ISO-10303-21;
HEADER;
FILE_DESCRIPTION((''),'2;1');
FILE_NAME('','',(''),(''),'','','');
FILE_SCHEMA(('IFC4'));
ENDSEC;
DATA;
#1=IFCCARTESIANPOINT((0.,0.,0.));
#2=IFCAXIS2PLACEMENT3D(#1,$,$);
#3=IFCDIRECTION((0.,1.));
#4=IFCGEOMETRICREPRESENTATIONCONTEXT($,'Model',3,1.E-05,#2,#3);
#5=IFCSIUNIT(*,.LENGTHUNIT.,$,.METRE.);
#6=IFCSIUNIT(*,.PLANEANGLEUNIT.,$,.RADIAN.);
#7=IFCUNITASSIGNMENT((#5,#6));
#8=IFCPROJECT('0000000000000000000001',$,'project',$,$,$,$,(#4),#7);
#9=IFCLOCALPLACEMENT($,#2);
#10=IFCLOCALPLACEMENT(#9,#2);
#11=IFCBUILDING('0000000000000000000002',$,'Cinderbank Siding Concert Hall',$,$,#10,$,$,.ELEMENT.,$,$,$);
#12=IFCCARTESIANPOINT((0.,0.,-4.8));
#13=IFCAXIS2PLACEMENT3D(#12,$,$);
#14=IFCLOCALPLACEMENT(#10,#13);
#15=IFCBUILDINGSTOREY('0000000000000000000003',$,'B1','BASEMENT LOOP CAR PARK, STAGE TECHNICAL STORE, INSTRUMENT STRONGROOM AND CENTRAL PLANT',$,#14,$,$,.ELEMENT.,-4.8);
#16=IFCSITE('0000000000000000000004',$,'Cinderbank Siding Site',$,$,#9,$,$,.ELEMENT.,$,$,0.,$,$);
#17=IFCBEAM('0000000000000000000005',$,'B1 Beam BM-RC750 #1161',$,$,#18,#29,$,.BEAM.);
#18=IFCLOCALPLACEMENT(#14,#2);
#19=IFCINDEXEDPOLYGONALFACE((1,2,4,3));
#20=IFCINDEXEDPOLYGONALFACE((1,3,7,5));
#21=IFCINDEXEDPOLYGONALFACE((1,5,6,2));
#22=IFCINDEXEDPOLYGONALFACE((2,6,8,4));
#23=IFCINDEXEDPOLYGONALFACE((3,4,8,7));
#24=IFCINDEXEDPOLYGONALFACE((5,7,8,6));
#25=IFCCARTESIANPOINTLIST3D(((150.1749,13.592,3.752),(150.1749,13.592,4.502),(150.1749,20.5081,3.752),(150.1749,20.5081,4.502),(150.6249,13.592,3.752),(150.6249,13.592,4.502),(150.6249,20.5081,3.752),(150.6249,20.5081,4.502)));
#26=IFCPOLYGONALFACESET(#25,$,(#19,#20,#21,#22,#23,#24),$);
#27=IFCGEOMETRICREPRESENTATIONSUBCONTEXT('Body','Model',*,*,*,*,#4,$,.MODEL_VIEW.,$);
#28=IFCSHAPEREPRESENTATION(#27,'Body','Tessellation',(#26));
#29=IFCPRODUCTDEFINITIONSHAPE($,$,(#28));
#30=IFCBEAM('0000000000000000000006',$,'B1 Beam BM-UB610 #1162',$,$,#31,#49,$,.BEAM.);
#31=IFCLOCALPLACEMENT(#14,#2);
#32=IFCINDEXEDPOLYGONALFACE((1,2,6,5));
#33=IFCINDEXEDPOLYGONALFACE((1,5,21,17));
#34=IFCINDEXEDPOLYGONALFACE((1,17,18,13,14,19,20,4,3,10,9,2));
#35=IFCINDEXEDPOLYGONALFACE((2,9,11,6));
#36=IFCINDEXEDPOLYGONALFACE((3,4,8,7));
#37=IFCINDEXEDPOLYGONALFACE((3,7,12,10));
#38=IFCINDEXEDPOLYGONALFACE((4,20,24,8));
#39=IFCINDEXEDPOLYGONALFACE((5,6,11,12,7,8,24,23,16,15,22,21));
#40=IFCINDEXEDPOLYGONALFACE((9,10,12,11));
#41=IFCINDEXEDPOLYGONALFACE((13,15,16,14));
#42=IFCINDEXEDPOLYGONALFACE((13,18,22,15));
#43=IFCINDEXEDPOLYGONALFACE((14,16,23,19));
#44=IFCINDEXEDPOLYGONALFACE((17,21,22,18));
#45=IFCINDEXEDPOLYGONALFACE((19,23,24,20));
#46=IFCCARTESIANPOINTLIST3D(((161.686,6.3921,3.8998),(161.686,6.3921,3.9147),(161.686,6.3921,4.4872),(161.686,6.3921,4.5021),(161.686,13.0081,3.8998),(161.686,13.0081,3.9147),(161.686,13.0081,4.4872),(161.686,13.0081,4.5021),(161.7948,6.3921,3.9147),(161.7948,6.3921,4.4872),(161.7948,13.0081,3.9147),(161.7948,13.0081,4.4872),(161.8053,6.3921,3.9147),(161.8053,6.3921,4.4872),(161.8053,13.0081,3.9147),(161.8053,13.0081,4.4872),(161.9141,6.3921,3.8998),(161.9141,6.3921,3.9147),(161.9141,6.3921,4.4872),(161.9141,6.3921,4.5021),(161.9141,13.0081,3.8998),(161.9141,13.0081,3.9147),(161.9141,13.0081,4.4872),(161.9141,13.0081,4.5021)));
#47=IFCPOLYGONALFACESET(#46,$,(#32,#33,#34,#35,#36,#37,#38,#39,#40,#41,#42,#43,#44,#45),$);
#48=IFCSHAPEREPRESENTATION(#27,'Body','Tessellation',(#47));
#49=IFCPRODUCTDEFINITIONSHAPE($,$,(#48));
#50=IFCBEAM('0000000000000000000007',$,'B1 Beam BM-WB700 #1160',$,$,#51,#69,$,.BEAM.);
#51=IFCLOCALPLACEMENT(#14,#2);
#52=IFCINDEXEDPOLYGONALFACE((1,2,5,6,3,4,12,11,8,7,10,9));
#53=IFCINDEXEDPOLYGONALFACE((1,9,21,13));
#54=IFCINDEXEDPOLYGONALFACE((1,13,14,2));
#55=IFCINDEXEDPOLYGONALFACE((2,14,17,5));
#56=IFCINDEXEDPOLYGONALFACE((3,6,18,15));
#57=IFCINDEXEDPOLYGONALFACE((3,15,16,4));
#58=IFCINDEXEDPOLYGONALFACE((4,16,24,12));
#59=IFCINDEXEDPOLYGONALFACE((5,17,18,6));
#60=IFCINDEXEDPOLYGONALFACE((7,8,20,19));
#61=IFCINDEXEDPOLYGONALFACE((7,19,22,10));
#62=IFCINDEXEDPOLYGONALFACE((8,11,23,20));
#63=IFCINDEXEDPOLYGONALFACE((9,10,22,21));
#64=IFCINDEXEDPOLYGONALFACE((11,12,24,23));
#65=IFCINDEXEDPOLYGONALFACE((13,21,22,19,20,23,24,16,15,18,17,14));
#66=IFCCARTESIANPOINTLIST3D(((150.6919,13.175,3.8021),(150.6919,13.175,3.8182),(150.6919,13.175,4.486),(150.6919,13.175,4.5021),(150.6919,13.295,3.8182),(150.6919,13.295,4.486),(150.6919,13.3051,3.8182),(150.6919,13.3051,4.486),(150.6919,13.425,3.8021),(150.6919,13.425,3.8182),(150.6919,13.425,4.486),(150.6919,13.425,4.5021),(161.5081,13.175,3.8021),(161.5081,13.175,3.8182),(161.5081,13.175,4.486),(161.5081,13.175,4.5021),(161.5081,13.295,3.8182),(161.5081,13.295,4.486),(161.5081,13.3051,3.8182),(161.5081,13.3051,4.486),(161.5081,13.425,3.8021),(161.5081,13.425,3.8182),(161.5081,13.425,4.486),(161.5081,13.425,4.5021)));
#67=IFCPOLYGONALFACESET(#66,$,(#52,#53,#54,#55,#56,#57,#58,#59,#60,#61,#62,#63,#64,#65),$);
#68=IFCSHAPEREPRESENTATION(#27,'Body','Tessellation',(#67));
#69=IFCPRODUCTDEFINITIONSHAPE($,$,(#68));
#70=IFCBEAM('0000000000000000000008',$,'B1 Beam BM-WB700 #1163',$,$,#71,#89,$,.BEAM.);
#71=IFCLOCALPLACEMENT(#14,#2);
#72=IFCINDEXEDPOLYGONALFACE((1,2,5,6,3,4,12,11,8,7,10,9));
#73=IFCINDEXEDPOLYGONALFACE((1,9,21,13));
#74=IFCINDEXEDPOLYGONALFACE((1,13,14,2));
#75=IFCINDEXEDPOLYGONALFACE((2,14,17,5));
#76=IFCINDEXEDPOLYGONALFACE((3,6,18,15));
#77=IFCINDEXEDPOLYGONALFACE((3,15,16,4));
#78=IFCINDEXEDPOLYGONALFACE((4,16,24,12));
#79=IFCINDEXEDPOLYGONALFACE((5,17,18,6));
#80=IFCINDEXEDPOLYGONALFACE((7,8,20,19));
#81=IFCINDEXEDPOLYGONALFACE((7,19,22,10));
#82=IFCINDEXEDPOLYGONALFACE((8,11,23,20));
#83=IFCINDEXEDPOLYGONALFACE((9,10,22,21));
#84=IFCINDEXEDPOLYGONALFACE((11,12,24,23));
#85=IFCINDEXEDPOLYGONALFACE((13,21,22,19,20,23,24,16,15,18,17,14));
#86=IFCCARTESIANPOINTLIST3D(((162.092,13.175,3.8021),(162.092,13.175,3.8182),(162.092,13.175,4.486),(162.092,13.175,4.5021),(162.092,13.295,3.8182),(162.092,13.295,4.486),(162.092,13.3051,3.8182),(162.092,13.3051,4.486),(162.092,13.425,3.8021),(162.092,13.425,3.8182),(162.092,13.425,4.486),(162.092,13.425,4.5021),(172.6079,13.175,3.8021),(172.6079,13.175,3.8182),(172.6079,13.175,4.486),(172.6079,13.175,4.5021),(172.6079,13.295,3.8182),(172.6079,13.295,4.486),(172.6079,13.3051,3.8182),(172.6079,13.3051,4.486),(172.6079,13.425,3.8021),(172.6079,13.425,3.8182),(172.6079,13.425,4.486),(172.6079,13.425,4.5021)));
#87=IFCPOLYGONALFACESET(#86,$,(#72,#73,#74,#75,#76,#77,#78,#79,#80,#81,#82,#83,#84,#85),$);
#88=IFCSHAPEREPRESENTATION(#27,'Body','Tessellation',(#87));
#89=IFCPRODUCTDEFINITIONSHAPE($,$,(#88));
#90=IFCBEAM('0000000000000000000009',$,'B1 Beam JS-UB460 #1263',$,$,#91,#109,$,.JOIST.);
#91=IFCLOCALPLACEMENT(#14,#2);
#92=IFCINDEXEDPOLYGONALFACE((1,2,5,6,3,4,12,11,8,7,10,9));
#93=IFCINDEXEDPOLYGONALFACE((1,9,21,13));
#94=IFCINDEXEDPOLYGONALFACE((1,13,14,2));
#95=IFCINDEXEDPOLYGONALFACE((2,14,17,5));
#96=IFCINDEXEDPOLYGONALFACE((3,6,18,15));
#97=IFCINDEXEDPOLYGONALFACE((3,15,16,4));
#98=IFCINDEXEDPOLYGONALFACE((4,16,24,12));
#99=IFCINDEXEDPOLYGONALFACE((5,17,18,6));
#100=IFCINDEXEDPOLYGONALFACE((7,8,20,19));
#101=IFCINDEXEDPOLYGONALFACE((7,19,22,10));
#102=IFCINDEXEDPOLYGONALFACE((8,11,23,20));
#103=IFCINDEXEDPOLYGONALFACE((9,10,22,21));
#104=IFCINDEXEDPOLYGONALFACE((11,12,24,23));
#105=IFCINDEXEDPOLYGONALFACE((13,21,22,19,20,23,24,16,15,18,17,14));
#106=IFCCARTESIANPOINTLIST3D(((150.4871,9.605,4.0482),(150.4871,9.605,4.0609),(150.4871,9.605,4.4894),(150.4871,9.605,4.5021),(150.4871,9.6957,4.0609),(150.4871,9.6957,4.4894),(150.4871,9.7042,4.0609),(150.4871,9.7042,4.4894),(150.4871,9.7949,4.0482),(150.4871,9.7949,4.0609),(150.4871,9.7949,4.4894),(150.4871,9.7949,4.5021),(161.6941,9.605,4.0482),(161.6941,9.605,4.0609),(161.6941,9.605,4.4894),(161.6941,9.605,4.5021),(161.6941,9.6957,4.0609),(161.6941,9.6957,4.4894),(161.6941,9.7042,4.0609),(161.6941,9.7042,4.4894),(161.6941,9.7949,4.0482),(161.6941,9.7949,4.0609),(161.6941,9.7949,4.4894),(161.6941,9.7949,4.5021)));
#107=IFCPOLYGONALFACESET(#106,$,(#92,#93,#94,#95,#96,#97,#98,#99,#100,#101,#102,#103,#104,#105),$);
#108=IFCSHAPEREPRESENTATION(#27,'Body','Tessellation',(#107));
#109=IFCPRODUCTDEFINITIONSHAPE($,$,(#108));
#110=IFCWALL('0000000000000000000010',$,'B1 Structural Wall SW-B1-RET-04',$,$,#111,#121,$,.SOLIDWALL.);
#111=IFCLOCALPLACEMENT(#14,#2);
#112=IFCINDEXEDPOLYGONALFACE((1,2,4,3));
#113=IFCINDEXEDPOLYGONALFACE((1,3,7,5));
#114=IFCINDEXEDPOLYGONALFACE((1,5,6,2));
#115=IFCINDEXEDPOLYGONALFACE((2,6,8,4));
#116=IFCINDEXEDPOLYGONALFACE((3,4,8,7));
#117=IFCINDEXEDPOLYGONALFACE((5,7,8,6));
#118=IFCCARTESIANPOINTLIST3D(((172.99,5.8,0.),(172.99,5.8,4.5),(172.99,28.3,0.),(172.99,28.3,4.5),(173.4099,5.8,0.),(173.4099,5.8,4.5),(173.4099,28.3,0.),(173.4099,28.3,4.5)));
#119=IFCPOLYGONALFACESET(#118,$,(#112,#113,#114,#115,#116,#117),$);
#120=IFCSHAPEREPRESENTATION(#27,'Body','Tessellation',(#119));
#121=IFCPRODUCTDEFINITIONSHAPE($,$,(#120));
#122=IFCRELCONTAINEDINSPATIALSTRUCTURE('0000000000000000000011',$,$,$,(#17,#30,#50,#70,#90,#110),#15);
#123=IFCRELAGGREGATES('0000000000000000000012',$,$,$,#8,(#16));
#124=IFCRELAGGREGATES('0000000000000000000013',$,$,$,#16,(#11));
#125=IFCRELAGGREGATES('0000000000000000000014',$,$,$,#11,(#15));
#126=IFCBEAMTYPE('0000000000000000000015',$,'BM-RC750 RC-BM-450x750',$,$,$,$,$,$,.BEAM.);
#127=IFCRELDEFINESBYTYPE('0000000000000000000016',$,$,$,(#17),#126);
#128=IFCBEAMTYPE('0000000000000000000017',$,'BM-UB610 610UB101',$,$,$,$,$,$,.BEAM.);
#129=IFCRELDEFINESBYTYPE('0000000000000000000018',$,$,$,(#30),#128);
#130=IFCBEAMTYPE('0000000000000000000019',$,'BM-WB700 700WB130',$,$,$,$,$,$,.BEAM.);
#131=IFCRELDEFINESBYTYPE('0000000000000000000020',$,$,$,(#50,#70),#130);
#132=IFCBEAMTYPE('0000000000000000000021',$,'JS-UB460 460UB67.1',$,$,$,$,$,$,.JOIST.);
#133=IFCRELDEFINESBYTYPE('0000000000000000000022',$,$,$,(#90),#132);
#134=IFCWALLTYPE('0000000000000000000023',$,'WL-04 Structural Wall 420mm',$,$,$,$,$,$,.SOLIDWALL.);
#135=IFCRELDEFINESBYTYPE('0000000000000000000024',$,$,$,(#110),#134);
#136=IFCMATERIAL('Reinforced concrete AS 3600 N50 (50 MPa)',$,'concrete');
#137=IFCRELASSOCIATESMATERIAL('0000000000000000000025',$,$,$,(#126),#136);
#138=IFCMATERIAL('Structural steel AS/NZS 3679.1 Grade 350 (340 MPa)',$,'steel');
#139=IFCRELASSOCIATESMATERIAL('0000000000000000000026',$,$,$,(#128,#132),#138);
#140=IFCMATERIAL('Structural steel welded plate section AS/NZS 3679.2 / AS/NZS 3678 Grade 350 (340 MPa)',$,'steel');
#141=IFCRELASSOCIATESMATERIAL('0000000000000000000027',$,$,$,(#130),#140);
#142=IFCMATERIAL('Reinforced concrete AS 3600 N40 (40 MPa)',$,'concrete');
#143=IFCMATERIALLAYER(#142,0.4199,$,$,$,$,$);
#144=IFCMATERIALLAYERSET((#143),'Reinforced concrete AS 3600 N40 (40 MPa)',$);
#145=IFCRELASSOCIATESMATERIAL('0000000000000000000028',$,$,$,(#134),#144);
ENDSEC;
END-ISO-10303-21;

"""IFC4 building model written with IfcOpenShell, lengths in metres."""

from ifc_helpers import new_model, si_unit, direction, frame, frame_2d, origin, origin_2d, place, context, subcontext, project, spatial, rectangle, i_section, extrude, material, layer, layer_set, material_profile, profile_set, type_object, element, save


model = new_model("IFC4")

# Units and contexts
model_context = context("Model", 3, precision=1e-05, world=origin(), true_north=direction((0.0, 1.0)))
body_context = subcontext(model_context, "Body", "Model", "MODEL_VIEW")
ifc_project = project(units=[si_unit("LENGTHUNIT", "METRE"), si_unit("PLANEANGLEUNIT", "RADIAN")], contexts=[model_context])

# Site, building, storey
site_placement = place(None, origin())
site = spatial("IfcSite", under=ifc_project, at=site_placement, Name="Cinderbank Siding Site", CompositionType="ELEMENT", RefElevation=0.0)
building_placement = place(site_placement, origin())
building = spatial("IfcBuilding", under=site, at=building_placement, Name="Cinderbank Siding Concert Hall", CompositionType="ELEMENT")
storey_placement = place(building_placement, frame((0.0, 0.0, -4.8)))
storey = spatial("IfcBuildingStorey", under=building, at=storey_placement, Name="B1", Description="BASEMENT LOOP CAR PARK, STAGE TECHNICAL STORE, INSTRUMENT STRONGROOM AND CENTRAL PLANT", CompositionType="ELEMENT", Elevation=-4.8)

# Shared definitions
ifc_material_1 = material(Name="Reinforced concrete AS 3600 N40 (40 MPa)", Category="concrete")

# Shared definitions
ifc_material_2 = material(Name="Reinforced concrete AS 3600 N50 (50 MPa)", Category="concrete")

# Beams
ifc_material_profile_1 = material_profile(ifc_material_2, rectangle(XDim=0.45, YDim=0.75, at=origin_2d()), Name="RC-BM-450x750", Category="LoadBearing")
ifc_profile_set_1 = profile_set([ifc_material_profile_1], Name="Reinforced concrete AS 3600 N50 (50 MPa)")
beam_type_1 = type_object("IfcBeamType", Name="BM-RC750 RC-BM-450x750", PredefinedType="BEAM", material=ifc_profile_set_1)
beam_1_placement = place(storey_placement, frame((150.3999, 13.592, 4.127), z_axis=(0.0, 1.0, 0.0), x_axis=(-1.0, 0.0, 0.0)))
element("IfcBeam", 1, at=beam_1_placement, inside=storey, type_object=beam_type_1, Name="B1 Beam BM-RC750 #1161", PredefinedType="BEAM", context=body_context, shape_type="SweptSolid", body=[
    extrude(rectangle(XDim=0.45, YDim=0.75, at=origin_2d()), origin(), (0.0, 0.0, 1.0), 6.916),
])
ifc_material_3 = material(Name="Structural steel AS/NZS 3679.1 Grade 350 (340 MPa)", Category="steel")
ifc_material_profile_2 = material_profile(ifc_material_3, i_section(OverallWidth=0.228, OverallDepth=0.6023, WebThickness=0.0105, FlangeThickness=0.0149, at=origin_2d()), Name="610UB101", Category="LoadBearing")
ifc_profile_set_2 = profile_set([ifc_material_profile_2], Name="Structural steel AS/NZS 3679.1 Grade 350 (340 MPa)")
beam_type_2 = type_object("IfcBeamType", Name="BM-UB610 610UB101", PredefinedType="BEAM", material=ifc_profile_set_2)
beam_2_placement = place(storey_placement, frame((161.8, 6.3921, 4.2009), z_axis=(0.0, 1.0, 0.0), x_axis=(-1.0, 0.0, 0.0)))
element("IfcBeam", 2, at=beam_2_placement, inside=storey, type_object=beam_type_2, Name="B1 Beam BM-UB610 #1162", PredefinedType="BEAM", context=body_context, shape_type="SweptSolid", body=[
    extrude(i_section(OverallWidth=0.228, OverallDepth=0.6023, WebThickness=0.0105, FlangeThickness=0.0149, at=origin_2d()), origin(), (0.0, 0.0, 1.0), 6.616),
])
ifc_material_4 = material(Name="Structural steel welded plate section AS/NZS 3679.2 / AS/NZS 3678 Grade 350 (340 MPa)", Category="steel")
ifc_material_profile_3 = material_profile(ifc_material_4, i_section(OverallWidth=0.25, OverallDepth=0.7, WebThickness=0.01, FlangeThickness=0.0161, at=origin_2d()), Name="700WB130", Category="LoadBearing")
ifc_profile_set_3 = profile_set([ifc_material_profile_3], Name="Structural steel welded plate section AS/NZS 3679.2 / AS/NZS 3678 Grade 350 (340 MPa)")
beam_type_3 = type_object("IfcBeamType", Name="BM-WB700 700WB130", PredefinedType="BEAM", material=ifc_profile_set_3)
beam_3_placement = place(storey_placement, frame((150.6919, 13.3, 4.1521), z_axis=(1.0, 0.0, 0.0), x_axis=(0.0, 1.0, 0.0)))
element("IfcBeam", 3, at=beam_3_placement, inside=storey, type_object=beam_type_3, Name="B1 Beam BM-WB700 #1160", PredefinedType="BEAM", context=body_context, shape_type="SweptSolid", body=[
    extrude(i_section(OverallWidth=0.25, OverallDepth=0.7, WebThickness=0.01, FlangeThickness=0.0161, at=origin_2d()), origin(), (0.0, 0.0, 1.0), 10.8162),
])
beam_4_placement = place(storey_placement, frame((162.092, 13.3, 4.1521), z_axis=(1.0, 0.0, 0.0), x_axis=(0.0, 1.0, 0.0)))
element("IfcBeam", 4, at=beam_4_placement, inside=storey, type_object=beam_type_3, Name="B1 Beam BM-WB700 #1163", PredefinedType="BEAM", context=body_context, shape_type="SweptSolid", body=[
    extrude(i_section(OverallWidth=0.25, OverallDepth=0.7, WebThickness=0.01, FlangeThickness=0.0161, at=origin_2d()), origin(), (0.0, 0.0, 1.0), 10.5159),
])
ifc_material_profile_4 = material_profile(ifc_material_3, i_section(OverallWidth=0.1899, OverallDepth=0.4539, WebThickness=0.0085, FlangeThickness=0.0127, at=origin_2d()), Name="460UB67.1", Category="LoadBearing")
ifc_profile_set_4 = profile_set([ifc_material_profile_4], Name="Structural steel AS/NZS 3679.1 Grade 350 (340 MPa)")
beam_type_4 = type_object("IfcBeamType", Name="JS-UB460 460UB67.1", PredefinedType="JOIST", material=ifc_profile_set_4)
beam_5_placement = place(storey_placement, frame((150.4871, 9.7, 4.2751), z_axis=(1.0, 0.0, 0.0), x_axis=(0.0, 1.0, 0.0)))
element("IfcBeam", 5, at=beam_5_placement, inside=storey, type_object=beam_type_4, Name="B1 Beam JS-UB460 #1263", PredefinedType="JOIST", context=body_context, shape_type="SweptSolid", body=[
    extrude(i_section(OverallWidth=0.1899, OverallDepth=0.4539, WebThickness=0.0085, FlangeThickness=0.0127, at=origin_2d()), origin(), (0.0, 0.0, 1.0), 11.207),
])

# Wall
ifc_layer_1 = layer(ifc_material_1, 0.4199)
ifc_layer_set_1 = layer_set([ifc_layer_1], Name="Reinforced concrete AS 3600 N40 (40 MPa)")
wall_type = type_object("IfcWallType", Name="WL-04 Structural Wall 420mm", PredefinedType="SOLIDWALL", material=ifc_layer_set_1)
wall_placement = place(storey_placement, frame((173.2, 5.8, 0.0), z_axis=(0.0, 0.0, 1.0), x_axis=(0.0, 1.0, 0.0)))
element("IfcWall", 6, at=wall_placement, inside=storey, type_object=wall_type, Name="B1 Structural Wall SW-B1-RET-04", PredefinedType="SOLIDWALL", context=body_context, shape_type="SweptSolid", body=[
    extrude(rectangle(XDim=22.5, YDim=0.4199, at=frame_2d((11.25, 0.0))), origin(), (0.0, 0.0, 1.0), 4.5),
])

save(model, "model.ifc")
